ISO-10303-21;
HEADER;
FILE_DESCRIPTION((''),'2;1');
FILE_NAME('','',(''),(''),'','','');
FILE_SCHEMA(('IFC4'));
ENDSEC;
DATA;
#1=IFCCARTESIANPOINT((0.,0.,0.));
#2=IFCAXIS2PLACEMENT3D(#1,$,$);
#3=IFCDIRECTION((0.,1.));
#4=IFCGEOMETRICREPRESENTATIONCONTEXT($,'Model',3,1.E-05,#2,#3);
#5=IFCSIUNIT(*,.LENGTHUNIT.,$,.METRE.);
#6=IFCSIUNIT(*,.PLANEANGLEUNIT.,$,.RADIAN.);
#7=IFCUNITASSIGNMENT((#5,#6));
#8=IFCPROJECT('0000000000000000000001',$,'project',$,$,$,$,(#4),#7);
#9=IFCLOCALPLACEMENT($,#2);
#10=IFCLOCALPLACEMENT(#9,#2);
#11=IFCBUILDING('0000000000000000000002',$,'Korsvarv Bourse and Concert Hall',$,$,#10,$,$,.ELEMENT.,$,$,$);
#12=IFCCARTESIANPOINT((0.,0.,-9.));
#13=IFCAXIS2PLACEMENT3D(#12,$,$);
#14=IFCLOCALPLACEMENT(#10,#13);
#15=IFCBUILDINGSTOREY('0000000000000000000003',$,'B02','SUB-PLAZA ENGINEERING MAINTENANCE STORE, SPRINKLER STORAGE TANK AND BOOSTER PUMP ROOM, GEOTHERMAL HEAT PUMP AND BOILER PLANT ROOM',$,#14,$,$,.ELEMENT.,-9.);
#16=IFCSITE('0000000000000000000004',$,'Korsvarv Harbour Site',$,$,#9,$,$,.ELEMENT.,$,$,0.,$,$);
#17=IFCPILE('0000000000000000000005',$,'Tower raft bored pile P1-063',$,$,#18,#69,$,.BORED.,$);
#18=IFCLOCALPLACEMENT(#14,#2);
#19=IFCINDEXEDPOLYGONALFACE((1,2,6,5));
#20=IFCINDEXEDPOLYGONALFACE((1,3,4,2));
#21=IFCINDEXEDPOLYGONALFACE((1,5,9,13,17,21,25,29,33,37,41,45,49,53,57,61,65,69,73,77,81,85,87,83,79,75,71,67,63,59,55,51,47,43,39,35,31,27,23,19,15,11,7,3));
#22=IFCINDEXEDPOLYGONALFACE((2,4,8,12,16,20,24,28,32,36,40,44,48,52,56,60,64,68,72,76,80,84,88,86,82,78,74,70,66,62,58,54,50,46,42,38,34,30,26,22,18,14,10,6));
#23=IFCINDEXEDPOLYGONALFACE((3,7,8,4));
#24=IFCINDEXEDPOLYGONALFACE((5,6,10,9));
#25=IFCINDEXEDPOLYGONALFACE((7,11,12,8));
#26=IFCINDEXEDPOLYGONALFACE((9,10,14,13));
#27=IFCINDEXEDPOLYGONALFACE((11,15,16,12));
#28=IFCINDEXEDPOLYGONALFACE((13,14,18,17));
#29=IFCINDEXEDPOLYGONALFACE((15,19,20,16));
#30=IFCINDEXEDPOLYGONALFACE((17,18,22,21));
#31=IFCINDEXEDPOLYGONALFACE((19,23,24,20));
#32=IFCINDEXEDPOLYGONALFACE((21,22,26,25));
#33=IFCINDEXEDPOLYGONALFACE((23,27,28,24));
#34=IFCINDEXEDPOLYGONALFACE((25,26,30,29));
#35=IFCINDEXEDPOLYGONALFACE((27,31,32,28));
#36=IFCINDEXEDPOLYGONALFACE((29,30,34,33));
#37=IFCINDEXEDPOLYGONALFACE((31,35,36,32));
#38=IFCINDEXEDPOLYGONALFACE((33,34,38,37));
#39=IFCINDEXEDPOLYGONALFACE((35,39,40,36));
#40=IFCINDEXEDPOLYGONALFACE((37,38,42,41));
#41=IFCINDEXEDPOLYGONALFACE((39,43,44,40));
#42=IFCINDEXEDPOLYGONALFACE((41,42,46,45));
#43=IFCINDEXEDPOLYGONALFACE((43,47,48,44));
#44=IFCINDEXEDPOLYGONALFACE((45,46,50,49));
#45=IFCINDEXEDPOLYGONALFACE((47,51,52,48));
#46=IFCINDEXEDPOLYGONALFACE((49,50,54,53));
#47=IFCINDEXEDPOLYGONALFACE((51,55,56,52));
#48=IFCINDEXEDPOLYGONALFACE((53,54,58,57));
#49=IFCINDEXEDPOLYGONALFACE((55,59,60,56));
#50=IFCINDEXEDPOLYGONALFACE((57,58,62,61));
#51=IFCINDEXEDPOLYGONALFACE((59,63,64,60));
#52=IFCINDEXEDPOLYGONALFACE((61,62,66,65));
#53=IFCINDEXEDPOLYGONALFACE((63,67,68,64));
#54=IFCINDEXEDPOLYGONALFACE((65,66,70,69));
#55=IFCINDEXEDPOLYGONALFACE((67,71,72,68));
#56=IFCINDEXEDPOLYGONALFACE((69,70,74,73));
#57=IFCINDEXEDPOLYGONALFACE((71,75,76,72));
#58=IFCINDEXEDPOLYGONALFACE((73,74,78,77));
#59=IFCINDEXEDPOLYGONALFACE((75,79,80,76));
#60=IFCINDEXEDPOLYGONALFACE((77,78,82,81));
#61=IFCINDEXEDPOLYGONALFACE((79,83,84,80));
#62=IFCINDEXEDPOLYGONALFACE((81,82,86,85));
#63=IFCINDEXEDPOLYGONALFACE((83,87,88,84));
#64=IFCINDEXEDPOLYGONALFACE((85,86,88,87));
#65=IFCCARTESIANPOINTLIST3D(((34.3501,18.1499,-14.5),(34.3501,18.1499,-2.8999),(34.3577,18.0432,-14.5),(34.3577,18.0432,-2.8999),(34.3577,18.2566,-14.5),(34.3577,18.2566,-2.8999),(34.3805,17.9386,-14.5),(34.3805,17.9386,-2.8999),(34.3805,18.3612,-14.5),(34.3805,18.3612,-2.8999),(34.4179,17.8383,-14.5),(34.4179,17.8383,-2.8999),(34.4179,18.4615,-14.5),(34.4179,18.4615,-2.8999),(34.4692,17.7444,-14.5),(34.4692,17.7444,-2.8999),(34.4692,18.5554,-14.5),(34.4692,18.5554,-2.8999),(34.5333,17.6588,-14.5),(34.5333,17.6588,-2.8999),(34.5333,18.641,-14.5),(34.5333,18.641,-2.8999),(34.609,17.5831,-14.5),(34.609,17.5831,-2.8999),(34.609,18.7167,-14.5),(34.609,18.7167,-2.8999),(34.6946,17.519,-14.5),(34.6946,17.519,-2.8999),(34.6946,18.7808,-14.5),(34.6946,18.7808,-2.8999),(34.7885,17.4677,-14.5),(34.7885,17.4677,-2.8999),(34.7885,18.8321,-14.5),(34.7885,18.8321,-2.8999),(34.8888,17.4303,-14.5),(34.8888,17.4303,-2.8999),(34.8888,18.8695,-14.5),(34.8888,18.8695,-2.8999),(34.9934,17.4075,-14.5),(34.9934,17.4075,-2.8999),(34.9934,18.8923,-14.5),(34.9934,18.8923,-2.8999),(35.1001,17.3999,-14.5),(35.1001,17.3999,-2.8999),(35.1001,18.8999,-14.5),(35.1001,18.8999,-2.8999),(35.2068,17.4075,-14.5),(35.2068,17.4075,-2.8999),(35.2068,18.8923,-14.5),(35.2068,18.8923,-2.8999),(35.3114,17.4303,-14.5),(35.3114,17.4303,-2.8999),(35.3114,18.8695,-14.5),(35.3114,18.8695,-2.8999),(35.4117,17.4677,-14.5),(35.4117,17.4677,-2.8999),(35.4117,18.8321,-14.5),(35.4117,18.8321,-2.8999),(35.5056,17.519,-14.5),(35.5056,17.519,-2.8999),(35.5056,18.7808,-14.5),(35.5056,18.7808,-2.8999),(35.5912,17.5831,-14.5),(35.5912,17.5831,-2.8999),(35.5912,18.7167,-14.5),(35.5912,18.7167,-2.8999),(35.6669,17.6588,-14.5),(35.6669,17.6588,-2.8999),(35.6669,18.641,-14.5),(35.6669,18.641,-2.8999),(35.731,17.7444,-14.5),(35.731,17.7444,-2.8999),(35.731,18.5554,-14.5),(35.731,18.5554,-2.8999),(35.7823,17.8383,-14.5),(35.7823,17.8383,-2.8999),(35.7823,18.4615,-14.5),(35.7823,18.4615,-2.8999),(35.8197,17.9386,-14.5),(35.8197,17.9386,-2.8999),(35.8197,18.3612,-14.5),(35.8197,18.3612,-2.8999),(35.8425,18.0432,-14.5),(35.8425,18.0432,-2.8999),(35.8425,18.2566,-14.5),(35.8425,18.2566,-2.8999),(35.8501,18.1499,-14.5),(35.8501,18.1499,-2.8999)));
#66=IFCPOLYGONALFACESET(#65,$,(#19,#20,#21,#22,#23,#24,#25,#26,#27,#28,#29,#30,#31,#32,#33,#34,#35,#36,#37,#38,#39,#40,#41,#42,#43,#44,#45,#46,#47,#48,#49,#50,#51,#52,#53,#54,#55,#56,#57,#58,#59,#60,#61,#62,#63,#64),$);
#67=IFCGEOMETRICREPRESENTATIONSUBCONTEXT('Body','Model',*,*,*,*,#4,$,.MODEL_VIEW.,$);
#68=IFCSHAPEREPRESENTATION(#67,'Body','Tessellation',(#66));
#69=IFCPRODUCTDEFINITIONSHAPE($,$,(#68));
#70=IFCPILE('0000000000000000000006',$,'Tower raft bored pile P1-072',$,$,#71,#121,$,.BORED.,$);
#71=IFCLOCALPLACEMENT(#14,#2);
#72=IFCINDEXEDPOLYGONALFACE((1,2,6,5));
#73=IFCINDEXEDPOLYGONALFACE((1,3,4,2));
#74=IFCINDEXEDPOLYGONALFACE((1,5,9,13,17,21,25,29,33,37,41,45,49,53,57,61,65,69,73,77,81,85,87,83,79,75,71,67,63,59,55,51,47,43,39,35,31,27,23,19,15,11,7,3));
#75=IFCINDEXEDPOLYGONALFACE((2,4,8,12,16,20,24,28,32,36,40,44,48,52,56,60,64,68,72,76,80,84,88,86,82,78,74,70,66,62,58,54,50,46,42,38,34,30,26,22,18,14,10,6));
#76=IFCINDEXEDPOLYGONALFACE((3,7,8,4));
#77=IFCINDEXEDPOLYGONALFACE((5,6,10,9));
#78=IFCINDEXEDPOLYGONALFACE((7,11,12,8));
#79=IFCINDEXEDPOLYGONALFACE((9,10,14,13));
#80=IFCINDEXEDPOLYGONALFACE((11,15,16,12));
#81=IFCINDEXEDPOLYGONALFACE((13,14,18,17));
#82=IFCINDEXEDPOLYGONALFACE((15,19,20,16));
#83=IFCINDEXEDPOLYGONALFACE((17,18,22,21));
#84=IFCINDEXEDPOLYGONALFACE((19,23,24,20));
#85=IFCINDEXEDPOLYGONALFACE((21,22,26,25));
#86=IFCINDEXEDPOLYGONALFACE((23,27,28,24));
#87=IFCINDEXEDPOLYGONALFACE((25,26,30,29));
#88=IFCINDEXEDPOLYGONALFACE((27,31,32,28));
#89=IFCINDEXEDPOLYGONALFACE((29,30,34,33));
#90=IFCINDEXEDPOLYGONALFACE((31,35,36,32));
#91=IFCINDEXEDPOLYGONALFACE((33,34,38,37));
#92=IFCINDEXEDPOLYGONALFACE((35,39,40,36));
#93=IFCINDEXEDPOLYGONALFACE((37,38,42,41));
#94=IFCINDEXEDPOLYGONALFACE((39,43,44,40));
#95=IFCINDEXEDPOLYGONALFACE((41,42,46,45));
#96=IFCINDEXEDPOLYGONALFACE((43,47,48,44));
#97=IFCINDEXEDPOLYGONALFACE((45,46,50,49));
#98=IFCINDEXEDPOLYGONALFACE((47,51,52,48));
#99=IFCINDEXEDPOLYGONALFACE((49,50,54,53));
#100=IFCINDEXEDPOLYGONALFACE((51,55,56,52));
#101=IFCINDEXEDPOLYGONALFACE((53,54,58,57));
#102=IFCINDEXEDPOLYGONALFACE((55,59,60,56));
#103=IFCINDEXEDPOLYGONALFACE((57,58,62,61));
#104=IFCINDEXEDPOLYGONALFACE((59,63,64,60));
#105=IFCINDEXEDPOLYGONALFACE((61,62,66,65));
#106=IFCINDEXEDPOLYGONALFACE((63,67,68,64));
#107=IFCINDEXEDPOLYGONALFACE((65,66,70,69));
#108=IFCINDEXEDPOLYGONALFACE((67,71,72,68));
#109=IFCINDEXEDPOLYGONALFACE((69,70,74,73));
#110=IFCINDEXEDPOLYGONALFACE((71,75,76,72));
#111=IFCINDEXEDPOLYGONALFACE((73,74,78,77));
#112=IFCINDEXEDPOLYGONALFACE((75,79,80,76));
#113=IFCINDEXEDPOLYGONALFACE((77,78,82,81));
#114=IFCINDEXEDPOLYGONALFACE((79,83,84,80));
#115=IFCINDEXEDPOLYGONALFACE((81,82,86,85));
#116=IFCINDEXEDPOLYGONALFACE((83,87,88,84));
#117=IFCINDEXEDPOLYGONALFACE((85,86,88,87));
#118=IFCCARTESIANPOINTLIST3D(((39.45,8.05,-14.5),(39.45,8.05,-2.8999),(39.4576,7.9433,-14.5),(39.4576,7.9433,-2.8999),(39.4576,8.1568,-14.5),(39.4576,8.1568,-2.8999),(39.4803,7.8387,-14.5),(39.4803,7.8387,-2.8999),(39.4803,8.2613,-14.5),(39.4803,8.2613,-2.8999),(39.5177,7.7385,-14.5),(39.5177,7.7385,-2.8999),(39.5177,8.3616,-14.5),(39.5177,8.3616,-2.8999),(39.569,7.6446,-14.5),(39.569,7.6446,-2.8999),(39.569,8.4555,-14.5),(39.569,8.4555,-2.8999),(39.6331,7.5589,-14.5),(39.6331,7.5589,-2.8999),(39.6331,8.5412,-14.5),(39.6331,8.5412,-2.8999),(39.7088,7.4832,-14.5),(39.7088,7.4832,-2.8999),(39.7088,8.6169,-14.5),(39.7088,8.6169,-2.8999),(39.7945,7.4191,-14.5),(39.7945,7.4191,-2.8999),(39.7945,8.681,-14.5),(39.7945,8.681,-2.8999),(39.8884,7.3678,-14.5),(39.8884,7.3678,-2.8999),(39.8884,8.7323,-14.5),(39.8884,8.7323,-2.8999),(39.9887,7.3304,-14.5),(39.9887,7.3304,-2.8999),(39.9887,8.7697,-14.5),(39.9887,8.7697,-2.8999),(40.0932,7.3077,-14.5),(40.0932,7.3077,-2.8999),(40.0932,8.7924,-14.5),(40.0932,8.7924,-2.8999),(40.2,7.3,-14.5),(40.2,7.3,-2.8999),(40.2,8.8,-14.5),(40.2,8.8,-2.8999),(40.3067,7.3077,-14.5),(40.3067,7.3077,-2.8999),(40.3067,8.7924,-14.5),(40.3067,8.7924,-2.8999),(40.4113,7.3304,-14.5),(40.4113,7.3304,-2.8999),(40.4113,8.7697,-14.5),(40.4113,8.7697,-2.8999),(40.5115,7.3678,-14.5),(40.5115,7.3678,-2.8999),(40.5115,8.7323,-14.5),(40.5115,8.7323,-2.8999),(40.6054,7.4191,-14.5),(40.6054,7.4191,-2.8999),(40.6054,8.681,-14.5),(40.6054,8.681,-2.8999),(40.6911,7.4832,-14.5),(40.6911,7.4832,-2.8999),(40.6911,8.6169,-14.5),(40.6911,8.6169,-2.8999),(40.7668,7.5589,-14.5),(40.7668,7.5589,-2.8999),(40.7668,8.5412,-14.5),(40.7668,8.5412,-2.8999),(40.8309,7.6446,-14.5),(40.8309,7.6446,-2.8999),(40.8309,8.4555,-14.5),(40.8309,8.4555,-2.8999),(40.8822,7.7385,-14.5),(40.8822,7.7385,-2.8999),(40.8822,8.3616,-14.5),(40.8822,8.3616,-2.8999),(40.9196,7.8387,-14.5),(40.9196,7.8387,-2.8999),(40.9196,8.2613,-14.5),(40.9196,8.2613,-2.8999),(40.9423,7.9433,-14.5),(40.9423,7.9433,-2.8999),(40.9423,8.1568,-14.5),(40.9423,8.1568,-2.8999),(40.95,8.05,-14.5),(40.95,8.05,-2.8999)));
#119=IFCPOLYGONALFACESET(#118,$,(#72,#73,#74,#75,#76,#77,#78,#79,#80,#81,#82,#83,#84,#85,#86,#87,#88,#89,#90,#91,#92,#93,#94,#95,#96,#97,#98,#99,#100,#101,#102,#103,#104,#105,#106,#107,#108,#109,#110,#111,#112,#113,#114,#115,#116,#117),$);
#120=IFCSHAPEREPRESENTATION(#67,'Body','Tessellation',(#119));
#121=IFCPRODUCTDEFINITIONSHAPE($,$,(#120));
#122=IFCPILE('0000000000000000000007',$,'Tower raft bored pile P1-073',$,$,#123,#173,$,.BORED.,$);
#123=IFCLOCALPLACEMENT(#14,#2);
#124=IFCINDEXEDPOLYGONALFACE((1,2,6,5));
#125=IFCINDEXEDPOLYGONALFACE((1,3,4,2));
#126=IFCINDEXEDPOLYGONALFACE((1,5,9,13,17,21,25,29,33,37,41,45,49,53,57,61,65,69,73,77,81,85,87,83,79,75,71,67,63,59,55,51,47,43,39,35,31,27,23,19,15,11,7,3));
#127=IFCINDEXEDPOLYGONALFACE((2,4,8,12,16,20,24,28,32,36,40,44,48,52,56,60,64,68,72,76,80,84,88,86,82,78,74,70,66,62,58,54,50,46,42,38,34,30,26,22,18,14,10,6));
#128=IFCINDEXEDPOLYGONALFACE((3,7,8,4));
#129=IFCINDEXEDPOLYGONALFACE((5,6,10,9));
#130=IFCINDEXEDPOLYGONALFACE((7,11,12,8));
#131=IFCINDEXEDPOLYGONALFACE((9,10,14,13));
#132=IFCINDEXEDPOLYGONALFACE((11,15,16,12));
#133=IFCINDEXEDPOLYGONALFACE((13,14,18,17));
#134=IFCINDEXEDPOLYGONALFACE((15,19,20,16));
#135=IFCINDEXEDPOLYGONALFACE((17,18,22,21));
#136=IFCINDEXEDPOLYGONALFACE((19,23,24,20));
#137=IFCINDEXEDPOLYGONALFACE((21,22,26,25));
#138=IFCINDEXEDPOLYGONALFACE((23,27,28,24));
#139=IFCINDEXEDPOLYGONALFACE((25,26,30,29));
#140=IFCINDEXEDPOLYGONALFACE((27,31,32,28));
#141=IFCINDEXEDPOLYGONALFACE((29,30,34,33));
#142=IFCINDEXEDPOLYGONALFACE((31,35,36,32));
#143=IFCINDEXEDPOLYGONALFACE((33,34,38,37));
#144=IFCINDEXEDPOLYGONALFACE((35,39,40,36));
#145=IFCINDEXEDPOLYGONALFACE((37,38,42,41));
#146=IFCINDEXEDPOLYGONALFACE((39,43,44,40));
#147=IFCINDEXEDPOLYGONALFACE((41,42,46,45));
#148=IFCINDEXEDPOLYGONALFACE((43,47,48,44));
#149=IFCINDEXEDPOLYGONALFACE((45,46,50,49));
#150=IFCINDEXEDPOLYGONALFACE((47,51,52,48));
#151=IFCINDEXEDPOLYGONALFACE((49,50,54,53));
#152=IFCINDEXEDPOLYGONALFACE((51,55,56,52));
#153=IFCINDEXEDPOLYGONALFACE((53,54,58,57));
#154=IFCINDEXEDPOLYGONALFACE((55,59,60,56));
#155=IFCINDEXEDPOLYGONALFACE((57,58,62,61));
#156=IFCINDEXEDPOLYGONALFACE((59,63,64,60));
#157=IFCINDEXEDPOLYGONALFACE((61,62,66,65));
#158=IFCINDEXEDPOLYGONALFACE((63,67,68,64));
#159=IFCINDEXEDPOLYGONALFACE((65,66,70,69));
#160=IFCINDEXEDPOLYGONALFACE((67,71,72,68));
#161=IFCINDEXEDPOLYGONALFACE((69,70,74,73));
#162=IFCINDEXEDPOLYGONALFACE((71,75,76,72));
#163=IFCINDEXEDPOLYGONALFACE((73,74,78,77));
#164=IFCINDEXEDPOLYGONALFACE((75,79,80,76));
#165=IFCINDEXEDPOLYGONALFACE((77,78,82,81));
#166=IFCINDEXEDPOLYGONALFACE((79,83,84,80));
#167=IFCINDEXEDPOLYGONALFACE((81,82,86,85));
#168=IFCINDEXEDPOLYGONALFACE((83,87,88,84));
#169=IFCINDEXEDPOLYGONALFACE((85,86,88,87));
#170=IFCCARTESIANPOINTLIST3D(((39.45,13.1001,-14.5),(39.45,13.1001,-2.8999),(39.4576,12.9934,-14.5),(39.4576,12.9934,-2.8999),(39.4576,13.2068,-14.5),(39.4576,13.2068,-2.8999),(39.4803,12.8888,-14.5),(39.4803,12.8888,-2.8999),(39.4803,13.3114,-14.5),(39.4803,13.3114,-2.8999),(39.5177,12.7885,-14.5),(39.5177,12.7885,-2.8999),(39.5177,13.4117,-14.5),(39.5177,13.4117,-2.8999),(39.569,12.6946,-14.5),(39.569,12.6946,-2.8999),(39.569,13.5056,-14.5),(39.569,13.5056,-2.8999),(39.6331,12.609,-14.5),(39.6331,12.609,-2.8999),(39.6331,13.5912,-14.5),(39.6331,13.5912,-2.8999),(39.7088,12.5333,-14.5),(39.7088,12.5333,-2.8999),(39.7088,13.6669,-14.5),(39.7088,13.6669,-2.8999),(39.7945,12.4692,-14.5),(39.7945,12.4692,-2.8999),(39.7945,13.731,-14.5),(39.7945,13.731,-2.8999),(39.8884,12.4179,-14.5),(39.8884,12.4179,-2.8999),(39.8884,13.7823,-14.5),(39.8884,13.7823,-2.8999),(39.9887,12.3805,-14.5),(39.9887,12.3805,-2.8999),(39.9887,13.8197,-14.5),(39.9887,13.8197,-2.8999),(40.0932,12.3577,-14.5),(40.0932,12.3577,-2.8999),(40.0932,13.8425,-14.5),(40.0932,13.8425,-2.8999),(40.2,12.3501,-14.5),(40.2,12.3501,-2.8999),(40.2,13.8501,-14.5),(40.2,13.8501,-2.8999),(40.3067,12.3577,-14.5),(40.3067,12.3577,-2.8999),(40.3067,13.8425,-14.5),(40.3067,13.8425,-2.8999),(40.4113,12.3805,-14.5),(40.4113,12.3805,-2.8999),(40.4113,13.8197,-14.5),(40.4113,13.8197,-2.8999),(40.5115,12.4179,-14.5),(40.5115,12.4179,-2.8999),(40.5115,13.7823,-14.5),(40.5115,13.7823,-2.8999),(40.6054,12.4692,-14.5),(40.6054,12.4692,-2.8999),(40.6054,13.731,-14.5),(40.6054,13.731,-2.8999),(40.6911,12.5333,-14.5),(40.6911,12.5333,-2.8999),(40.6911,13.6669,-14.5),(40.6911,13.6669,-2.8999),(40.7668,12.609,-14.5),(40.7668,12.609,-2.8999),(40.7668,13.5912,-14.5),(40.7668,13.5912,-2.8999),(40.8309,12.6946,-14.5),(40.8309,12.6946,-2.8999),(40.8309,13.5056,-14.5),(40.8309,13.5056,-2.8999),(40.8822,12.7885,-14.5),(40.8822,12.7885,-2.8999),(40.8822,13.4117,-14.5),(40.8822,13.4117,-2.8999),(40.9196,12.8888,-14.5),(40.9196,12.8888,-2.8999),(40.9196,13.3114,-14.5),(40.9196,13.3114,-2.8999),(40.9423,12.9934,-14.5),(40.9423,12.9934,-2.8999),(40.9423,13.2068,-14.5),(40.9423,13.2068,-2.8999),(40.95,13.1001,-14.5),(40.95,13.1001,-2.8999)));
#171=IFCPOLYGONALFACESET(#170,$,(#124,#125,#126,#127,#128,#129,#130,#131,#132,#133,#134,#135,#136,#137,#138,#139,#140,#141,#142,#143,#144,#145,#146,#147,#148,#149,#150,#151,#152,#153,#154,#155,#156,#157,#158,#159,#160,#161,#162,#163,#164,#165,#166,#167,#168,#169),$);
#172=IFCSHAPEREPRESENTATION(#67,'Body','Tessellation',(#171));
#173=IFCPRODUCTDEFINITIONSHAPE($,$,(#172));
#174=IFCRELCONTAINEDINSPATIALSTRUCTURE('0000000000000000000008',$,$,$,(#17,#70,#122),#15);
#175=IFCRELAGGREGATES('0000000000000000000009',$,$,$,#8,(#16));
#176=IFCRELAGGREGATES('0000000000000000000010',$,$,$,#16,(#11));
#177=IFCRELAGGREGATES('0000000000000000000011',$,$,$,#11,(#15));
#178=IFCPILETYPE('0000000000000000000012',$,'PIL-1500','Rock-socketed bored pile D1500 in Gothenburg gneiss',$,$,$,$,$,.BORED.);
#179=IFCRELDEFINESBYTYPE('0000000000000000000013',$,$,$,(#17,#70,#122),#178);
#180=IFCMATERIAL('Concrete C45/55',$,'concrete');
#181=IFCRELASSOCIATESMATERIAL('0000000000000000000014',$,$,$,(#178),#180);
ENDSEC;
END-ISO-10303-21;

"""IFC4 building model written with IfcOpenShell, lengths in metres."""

from ifc_helpers import new_model, si_unit, direction, frame, origin, origin_2d, place, context, subcontext, project, spatial, circle, extrude, source, transform, mapped, material, material_profile, profile_set, type_object, element, save


model = new_model("IFC4")

# Units and contexts
model_context = context("Model", 3, precision=1e-05, world=origin(), true_north=direction((0.0, 1.0)))
body_context = subcontext(model_context, "Body", "Model", "MODEL_VIEW")
ifc_project = project(units=[si_unit("LENGTHUNIT", "METRE"), si_unit("PLANEANGLEUNIT", "RADIAN")], contexts=[model_context])

# Site, building, storey
site_placement = place(None, origin())
site = spatial("IfcSite", under=ifc_project, at=site_placement, Name="Korsvarv Harbour Site", CompositionType="ELEMENT", RefElevation=0.0)
building_placement = place(site_placement, origin())
building = spatial("IfcBuilding", under=site, at=building_placement, Name="Korsvarv Bourse and Concert Hall", CompositionType="ELEMENT")
storey_placement = place(building_placement, frame((0.0, 0.0, -9.0)))
storey = spatial("IfcBuildingStorey", under=building, at=storey_placement, Name="B02", Description="SUB-PLAZA ENGINEERING MAINTENANCE STORE, SPRINKLER STORAGE TANK AND BOOSTER PUMP ROOM, GEOTHERMAL HEAT PUMP AND BOILER PLANT ROOM", CompositionType="ELEMENT", Elevation=-9.0)

# Piles
ifc_material_1 = material(Name="Concrete C45/55", Category="concrete")
ifc_material_profile_1 = material_profile(ifc_material_1, circle(Radius=0.75, at=origin_2d()), Name="PILE D1500")
ifc_profile_set_1 = profile_set([ifc_material_profile_1], Name="Concrete C45/55")
pile_type = type_object("IfcPileType", Name="PIL-1500", Description="Rock-socketed bored pile D1500 in Gothenburg gneiss", PredefinedType="BORED", material=ifc_profile_set_1)
shared_shape_1 = source(origin(), body_context, "Body", "SweptSolid", [
    extrude(circle(Radius=0.75, at=origin_2d()), origin(), (0.0, 0.0, 1.0), 11.6001),
])
for number, where, z_axis, x_axis, name in (
    (1, (35.1001, 18.1499, -2.8999), (0.0, 0.0, -1.0), (1.0, 0.0, 0.0), "Tower raft bored pile P1-063"),
    (2, (40.2, 8.05, -2.8999), (0.0, 0.0, -1.0), (1.0, 0.0, 0.0), "Tower raft bored pile P1-072"),
    (3, (40.2, 13.1001, -2.8999), (0.0, 0.0, -1.0), (1.0, 0.0, 0.0), "Tower raft bored pile P1-073"),
):
    element("IfcPile", number, at=place(storey_placement, frame(where, z_axis=z_axis, x_axis=x_axis)), inside=storey, type_object=pile_type, Name=name, PredefinedType="BORED", context=body_context, shape_type="MappedRepresentation", body=[
        mapped(shared_shape_1, transform((0.0, 0.0, 0.0), scale=1.0)),
    ])

save(model, "model.ifc")
